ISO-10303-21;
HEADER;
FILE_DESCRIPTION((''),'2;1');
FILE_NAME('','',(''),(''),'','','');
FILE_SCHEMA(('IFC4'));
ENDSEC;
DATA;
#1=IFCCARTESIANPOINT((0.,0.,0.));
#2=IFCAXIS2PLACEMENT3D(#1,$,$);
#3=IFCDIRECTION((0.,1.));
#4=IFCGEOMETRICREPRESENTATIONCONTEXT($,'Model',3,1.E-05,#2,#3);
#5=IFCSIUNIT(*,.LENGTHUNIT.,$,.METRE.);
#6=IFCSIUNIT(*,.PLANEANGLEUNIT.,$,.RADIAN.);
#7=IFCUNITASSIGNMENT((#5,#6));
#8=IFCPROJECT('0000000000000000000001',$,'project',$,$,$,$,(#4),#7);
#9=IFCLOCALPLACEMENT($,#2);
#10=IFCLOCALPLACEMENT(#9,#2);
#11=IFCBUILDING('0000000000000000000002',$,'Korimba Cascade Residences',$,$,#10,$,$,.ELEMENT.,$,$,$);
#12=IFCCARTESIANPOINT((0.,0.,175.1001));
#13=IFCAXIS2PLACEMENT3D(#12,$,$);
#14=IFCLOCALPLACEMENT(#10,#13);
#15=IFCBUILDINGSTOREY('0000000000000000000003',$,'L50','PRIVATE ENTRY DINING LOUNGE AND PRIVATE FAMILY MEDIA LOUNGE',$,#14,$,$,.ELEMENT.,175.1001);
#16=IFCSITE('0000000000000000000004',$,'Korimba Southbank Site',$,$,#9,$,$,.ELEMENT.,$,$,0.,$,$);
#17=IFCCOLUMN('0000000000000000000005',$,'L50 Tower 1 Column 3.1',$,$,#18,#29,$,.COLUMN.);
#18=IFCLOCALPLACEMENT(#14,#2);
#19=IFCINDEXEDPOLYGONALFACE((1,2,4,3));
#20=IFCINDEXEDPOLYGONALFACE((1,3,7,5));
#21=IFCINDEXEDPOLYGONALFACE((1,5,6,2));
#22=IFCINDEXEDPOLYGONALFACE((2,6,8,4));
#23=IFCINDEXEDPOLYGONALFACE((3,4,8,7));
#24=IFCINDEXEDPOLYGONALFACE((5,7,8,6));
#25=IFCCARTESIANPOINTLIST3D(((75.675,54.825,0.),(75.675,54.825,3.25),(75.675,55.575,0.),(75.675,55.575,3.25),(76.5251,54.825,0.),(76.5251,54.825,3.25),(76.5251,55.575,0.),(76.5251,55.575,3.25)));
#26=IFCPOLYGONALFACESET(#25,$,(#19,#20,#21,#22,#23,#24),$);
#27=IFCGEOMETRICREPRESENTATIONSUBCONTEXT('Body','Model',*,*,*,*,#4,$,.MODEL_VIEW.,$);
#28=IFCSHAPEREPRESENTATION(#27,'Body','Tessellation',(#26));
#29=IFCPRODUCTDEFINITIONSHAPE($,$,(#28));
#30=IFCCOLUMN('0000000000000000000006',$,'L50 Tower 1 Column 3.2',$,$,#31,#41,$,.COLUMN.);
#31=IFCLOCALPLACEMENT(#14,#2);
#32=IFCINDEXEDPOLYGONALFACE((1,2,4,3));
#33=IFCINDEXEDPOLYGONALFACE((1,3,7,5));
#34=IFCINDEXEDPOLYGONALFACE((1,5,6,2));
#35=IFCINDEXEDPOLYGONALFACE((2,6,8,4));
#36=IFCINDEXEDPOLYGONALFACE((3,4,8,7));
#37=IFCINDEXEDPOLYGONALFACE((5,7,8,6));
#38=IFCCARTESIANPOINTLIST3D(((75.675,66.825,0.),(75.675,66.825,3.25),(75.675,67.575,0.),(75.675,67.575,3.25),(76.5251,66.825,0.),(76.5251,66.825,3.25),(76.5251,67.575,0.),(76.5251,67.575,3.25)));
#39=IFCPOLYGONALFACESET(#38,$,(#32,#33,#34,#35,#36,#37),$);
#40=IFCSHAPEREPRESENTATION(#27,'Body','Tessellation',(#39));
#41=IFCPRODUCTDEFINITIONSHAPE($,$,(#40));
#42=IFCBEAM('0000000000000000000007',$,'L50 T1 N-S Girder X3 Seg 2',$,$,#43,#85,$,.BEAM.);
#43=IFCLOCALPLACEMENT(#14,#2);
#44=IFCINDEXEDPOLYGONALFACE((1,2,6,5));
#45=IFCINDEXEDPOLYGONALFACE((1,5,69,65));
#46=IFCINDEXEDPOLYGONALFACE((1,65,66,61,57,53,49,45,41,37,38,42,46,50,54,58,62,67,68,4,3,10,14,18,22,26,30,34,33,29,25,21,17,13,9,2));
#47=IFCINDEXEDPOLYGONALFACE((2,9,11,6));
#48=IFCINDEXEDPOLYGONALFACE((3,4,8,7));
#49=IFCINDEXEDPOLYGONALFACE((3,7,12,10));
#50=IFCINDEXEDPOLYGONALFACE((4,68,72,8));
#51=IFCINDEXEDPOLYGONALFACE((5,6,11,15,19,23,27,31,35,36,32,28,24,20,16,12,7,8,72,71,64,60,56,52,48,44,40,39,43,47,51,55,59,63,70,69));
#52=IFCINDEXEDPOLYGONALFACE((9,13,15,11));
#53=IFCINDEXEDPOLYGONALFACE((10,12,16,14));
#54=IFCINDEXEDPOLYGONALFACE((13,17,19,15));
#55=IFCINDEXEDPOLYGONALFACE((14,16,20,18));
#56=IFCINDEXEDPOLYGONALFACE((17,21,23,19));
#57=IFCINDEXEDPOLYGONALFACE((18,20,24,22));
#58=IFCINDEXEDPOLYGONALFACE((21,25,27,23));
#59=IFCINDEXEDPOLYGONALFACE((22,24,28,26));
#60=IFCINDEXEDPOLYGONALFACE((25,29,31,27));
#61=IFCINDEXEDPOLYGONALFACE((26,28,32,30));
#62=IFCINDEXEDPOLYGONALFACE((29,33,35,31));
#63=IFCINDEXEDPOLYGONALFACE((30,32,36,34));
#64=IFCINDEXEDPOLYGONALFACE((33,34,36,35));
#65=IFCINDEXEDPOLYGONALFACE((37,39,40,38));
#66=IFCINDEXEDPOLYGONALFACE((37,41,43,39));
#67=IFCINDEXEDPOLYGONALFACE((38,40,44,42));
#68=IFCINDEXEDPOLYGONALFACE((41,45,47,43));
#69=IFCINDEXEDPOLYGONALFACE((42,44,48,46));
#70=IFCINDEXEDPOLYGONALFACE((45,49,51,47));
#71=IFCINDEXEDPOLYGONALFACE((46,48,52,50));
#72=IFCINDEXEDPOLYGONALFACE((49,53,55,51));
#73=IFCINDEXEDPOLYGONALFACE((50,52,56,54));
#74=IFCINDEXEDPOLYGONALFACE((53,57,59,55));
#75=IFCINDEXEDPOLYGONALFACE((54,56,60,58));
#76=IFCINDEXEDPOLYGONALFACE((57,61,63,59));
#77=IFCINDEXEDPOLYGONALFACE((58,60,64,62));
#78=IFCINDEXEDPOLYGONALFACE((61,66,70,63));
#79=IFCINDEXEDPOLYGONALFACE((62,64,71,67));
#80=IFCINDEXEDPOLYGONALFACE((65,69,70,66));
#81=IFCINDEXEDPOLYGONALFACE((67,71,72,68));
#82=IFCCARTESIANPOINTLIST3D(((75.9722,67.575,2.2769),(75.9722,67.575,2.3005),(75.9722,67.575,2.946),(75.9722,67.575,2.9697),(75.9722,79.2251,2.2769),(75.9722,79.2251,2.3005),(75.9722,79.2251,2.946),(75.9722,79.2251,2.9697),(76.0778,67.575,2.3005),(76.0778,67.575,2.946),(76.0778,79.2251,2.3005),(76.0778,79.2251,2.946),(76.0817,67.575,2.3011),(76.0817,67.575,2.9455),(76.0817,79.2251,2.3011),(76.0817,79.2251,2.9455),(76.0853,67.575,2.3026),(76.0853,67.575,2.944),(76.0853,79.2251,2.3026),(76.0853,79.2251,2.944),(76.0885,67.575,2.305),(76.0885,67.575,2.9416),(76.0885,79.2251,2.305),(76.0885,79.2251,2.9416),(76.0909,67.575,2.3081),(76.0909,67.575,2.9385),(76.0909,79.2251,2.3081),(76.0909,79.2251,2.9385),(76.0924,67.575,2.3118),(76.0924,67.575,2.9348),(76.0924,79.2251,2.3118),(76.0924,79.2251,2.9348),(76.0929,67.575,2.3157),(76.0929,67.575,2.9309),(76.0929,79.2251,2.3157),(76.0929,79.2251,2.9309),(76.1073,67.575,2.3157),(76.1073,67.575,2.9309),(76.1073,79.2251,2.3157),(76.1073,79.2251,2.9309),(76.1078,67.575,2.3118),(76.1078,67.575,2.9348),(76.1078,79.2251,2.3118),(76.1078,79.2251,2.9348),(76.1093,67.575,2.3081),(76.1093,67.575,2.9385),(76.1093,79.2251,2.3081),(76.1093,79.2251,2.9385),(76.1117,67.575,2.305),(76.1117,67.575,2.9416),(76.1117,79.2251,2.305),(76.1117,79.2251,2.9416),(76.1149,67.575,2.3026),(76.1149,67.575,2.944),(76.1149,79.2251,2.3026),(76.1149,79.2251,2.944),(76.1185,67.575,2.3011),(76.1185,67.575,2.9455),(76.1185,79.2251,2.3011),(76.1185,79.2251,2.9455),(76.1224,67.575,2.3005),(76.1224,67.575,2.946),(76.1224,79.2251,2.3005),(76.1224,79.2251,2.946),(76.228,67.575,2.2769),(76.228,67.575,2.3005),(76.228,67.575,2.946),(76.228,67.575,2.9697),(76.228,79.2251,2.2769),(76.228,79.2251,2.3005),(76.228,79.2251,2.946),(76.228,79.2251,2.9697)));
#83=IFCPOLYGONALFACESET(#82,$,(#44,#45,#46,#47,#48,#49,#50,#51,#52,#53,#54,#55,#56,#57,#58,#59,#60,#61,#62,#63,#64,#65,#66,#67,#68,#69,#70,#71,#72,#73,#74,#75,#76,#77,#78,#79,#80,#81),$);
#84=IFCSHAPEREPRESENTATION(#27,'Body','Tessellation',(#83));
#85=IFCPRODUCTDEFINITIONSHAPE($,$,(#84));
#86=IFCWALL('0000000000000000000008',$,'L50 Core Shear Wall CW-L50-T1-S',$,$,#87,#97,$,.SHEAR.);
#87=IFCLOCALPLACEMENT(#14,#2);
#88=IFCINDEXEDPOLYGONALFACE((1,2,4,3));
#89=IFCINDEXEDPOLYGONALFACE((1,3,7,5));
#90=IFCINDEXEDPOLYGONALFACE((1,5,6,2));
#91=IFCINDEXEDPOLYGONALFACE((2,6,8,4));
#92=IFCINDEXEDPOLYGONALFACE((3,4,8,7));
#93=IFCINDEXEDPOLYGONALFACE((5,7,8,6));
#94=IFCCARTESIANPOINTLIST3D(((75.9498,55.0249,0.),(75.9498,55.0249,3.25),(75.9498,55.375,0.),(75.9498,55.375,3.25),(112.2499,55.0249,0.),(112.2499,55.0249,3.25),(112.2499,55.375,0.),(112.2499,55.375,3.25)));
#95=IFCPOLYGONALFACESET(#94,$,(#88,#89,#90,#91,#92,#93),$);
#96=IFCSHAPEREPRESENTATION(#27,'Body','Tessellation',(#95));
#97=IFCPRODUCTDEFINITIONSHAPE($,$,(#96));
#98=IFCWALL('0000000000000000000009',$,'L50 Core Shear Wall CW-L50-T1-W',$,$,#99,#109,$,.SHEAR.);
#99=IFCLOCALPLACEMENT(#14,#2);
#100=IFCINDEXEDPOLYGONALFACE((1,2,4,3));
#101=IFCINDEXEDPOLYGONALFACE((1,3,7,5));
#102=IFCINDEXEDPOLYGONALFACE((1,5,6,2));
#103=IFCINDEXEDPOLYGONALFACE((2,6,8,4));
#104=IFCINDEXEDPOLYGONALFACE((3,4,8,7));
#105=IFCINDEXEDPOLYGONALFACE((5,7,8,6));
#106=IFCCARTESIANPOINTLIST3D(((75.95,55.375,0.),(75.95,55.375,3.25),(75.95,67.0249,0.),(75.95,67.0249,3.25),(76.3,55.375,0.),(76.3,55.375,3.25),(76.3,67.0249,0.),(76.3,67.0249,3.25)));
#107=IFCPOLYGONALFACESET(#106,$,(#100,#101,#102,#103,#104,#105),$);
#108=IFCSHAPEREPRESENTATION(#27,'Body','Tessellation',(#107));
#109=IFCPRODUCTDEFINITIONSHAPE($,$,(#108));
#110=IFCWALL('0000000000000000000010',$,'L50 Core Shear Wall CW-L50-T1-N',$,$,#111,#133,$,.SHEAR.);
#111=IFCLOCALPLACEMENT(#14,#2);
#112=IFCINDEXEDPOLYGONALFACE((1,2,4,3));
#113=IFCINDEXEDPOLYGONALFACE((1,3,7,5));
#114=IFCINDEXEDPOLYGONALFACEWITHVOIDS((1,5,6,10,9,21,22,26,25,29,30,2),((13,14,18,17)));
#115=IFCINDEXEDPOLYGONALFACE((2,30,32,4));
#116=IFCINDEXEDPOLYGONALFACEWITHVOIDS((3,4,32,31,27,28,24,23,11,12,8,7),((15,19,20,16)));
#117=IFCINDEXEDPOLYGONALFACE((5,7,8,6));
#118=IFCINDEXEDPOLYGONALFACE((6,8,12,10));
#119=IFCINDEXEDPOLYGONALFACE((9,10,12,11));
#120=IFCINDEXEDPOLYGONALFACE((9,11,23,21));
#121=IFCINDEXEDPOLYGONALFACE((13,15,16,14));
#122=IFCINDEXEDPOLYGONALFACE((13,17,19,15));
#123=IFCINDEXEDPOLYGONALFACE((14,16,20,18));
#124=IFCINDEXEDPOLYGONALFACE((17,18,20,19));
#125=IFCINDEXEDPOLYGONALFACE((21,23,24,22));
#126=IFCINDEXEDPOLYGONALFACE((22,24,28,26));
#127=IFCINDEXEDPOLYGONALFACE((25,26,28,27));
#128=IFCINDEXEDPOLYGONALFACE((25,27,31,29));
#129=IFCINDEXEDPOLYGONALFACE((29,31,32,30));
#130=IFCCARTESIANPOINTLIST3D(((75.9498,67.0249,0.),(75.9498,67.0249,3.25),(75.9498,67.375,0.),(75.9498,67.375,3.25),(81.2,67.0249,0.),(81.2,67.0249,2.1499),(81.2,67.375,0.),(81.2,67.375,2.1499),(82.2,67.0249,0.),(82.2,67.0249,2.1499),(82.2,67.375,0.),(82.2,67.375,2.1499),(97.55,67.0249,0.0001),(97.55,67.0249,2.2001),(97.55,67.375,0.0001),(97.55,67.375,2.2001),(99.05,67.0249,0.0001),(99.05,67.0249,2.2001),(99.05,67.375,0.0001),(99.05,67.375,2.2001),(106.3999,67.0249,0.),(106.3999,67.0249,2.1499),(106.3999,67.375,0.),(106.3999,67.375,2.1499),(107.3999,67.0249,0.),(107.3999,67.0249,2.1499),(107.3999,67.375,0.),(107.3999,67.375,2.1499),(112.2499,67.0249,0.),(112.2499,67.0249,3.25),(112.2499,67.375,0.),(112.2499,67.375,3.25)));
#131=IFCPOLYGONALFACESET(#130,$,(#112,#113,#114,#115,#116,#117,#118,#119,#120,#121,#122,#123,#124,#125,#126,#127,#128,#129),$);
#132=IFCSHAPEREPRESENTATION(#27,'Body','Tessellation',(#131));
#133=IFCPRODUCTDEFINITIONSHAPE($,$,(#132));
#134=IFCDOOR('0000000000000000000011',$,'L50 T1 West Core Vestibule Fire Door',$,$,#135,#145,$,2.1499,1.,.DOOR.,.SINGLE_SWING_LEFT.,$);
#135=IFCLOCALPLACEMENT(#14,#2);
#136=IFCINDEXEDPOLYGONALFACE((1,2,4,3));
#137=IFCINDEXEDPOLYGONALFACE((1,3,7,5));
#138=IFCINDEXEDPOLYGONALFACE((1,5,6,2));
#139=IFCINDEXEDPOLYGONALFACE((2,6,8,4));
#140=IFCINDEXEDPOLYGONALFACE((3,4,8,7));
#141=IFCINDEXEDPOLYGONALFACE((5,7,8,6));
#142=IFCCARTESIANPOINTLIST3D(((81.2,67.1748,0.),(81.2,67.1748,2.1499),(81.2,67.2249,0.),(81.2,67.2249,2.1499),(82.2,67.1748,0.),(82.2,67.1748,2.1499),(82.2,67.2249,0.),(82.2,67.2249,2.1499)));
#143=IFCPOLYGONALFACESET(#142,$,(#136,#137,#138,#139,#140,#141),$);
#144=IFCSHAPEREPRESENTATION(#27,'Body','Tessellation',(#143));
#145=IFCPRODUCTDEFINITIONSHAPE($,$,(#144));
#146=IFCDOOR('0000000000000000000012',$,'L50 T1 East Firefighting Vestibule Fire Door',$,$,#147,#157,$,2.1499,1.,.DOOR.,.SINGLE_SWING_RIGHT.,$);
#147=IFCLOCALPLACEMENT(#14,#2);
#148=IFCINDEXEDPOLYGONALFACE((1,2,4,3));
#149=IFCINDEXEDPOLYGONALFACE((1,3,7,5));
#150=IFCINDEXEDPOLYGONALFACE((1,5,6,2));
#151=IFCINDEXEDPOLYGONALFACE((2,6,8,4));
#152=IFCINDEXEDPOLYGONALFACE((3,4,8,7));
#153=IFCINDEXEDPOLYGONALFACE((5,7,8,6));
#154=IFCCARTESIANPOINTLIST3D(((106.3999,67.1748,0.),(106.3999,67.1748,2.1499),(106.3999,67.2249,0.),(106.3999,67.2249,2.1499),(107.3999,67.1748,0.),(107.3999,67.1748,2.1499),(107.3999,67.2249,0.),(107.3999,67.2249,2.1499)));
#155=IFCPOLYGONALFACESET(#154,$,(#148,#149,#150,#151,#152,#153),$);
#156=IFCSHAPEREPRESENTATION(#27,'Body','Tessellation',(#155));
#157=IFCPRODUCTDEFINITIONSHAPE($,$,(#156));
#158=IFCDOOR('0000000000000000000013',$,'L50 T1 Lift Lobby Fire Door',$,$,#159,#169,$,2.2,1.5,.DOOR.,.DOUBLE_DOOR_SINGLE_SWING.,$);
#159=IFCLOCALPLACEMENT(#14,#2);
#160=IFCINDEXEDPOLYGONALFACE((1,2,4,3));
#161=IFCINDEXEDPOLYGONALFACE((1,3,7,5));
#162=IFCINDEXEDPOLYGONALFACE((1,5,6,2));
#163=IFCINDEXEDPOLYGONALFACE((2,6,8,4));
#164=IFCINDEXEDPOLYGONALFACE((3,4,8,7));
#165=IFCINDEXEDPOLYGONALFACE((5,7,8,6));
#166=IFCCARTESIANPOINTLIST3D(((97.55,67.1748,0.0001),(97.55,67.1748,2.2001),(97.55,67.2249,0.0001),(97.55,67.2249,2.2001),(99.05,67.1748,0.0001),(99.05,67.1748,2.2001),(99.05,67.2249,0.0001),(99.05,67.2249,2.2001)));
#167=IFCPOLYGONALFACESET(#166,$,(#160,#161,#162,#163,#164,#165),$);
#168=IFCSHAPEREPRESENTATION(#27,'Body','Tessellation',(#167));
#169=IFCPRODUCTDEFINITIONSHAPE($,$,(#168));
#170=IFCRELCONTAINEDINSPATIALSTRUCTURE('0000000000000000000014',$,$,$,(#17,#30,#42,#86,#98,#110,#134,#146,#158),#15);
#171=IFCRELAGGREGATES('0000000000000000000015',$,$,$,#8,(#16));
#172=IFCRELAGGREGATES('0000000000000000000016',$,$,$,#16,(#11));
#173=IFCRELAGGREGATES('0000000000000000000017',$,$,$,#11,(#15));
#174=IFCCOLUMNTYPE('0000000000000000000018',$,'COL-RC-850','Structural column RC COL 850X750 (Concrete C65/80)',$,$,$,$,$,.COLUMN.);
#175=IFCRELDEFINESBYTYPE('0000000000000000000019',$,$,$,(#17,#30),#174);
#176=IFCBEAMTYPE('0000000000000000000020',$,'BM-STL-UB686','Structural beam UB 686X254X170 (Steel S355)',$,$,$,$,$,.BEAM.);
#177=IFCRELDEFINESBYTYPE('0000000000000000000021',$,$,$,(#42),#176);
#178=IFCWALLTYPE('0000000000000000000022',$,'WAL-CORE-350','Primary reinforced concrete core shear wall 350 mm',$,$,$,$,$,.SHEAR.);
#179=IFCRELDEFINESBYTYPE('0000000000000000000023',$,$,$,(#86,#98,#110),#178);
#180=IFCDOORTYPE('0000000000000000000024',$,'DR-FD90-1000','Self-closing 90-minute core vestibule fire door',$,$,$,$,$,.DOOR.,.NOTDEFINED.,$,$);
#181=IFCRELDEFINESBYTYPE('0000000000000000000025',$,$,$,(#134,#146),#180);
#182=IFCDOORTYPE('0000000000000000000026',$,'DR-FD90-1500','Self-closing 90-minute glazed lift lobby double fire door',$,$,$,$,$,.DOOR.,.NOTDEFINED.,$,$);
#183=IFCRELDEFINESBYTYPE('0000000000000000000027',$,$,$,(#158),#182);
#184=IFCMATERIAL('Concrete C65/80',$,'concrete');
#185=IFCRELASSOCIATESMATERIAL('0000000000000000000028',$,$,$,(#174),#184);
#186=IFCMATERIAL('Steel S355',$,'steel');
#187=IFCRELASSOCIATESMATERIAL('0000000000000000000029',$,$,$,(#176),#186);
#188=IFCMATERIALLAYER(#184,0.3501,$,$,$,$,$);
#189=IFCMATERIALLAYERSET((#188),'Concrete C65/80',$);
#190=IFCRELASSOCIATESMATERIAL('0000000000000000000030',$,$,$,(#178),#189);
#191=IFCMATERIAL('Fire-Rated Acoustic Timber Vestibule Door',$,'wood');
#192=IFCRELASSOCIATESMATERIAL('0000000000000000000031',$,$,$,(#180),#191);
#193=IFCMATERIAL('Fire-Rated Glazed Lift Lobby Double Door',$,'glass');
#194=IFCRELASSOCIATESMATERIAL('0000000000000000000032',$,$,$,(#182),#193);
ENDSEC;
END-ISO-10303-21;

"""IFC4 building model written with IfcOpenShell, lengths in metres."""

from ifc_helpers import new_model, si_unit, direction, frame, frame_2d, origin, origin_2d, place, context, subcontext, project, spatial, rectangle, i_section, extrude, material, layer, layer_set, material_profile, profile_set, type_object, element, fill, save


model = new_model("IFC4")

# Units and contexts
model_context = context("Model", 3, precision=1e-05, world=origin(), true_north=direction((0.0, 1.0)))
body_context = subcontext(model_context, "Body", "Model", "MODEL_VIEW")
ifc_project = project(units=[si_unit("LENGTHUNIT", "METRE"), si_unit("PLANEANGLEUNIT", "RADIAN")], contexts=[model_context])

# Site, building, storey
site_placement = place(None, origin())
site = spatial("IfcSite", under=ifc_project, at=site_placement, Name="Korimba Southbank Site", CompositionType="ELEMENT", RefElevation=0.0)
building_placement = place(site_placement, origin())
building = spatial("IfcBuilding", under=site, at=building_placement, Name="Korimba Cascade Residences", CompositionType="ELEMENT")
storey_placement = place(building_placement, frame((0.0, 0.0, 175.1001)))
storey = spatial("IfcBuildingStorey", under=building, at=storey_placement, Name="L50", Description="PRIVATE ENTRY DINING LOUNGE AND PRIVATE FAMILY MEDIA LOUNGE", CompositionType="ELEMENT", Elevation=175.1001)

# Columns
ifc_material_1 = material(Name="Concrete C65/80", Category="concrete")
ifc_material_profile_1 = material_profile(ifc_material_1, rectangle(XDim=0.8501, YDim=0.75, at=origin_2d()), Name="Concrete C65/80")
ifc_profile_set_1 = profile_set([ifc_material_profile_1], Name="Concrete C65/80")
column_type = type_object("IfcColumnType", Name="COL-RC-850", Description="Structural column RC COL 850X750 (Concrete C65/80)", PredefinedType="COLUMN", material=ifc_profile_set_1)
for number, where, z_axis, x_axis, name in (
    (1, (76.1001, 55.2, 0.0), (0.0, 0.0, 1.0), (1.0, 0.0, 0.0), "L50 Tower 1 Column 3.1"),
    (2, (76.1001, 67.2, 0.0), (0.0, 0.0, 1.0), (1.0, 0.0, 0.0), "L50 Tower 1 Column 3.2"),
):
    element("IfcColumn", number, at=place(storey_placement, frame(where, z_axis=z_axis, x_axis=x_axis)), inside=storey, type_object=column_type, Name=name, PredefinedType="COLUMN", context=body_context, shape_type="SweptSolid", body=[
        extrude(rectangle(XDim=0.8501, YDim=0.75, at=origin_2d()), origin(), (0.0, 0.0, 1.0), 3.25),
    ])

# Beam
ifc_material_2 = material(Name="Steel S355", Category="steel")
ifc_material_profile_2 = material_profile(ifc_material_2, i_section(OverallWidth=0.2559, OverallDepth=0.6929, WebThickness=0.0144, FlangeThickness=0.0237, FilletRadius=0.0151, at=origin_2d()), Name="Steel S355")
ifc_profile_set_2 = profile_set([ifc_material_profile_2], Name="Steel S355")
beam_type = type_object("IfcBeamType", Name="BM-STL-UB686", Description="Structural beam UB 686X254X170 (Steel S355)", PredefinedType="BEAM", material=ifc_profile_set_2)
beam_placement = place(storey_placement, frame((76.1001, 67.575, 2.6233), z_axis=(0.0, 1.0, 0.0), x_axis=(-1.0, 0.0, 0.0)))
element("IfcBeam", 3, at=beam_placement, inside=storey, type_object=beam_type, Name="L50 T1 N-S Girder X3 Seg 2", PredefinedType="BEAM", context=body_context, shape_type="SweptSolid", body=[
    extrude(i_section(OverallWidth=0.2559, OverallDepth=0.6929, WebThickness=0.0144, FlangeThickness=0.0237, FilletRadius=0.0151, at=origin_2d()), origin(), (0.0, 0.0, 1.0), 11.6501),
])

# Walls
ifc_layer_1 = layer(ifc_material_1, 0.3501)
ifc_layer_set_1 = layer_set([ifc_layer_1], Name="Concrete C65/80")
wall_type_1 = type_object("IfcWallType", Name="WAL-CORE-350", Description="Primary reinforced concrete core shear wall 350 mm", PredefinedType="SHEAR", material=ifc_layer_set_1)
wall_1_placement = place(storey_placement, frame((75.95, 55.2, 0.0), z_axis=(0.0, 0.0, 1.0), x_axis=(1.0, 0.0, 0.0)))
element("IfcWall", 4, at=wall_1_placement, inside=storey, type_object=wall_type_1, Name="L50 Core Shear Wall CW-L50-T1-S", PredefinedType="SHEAR", context=body_context, shape_type="SweptSolid", body=[
    extrude(rectangle(XDim=36.3, YDim=0.3501, at=frame_2d((18.1499, 0.0))), origin(), (0.0, 0.0, 1.0), 3.25),
])
wall_2_placement = place(storey_placement, frame((76.125, 55.375, 0.0), z_axis=(0.0, 0.0, 1.0), x_axis=(0.0, 1.0, 0.0)))
element("IfcWall", 5, at=wall_2_placement, inside=storey, type_object=wall_type_1, Name="L50 Core Shear Wall CW-L50-T1-W", PredefinedType="SHEAR", context=body_context, shape_type="SweptSolid", body=[
    extrude(rectangle(XDim=11.6499, YDim=0.3501, at=frame_2d((5.825, 0.0))), origin(), (0.0, 0.0, 1.0), 3.25),
])

# Wall, openings, doors
wall_3_placement = place(storey_placement, frame((75.95, 67.2, 0.0), z_axis=(0.0, 0.0, 1.0), x_axis=(1.0, 0.0, 0.0)))
wall_3 = element("IfcWall", 6, at=wall_3_placement, inside=storey, type_object=wall_type_1, Name="L50 Core Shear Wall CW-L50-T1-N", PredefinedType="SHEAR", context=body_context, shape_type="SweptSolid", body=[
    extrude(rectangle(XDim=36.3, YDim=0.3501, at=frame_2d((18.1499, 0.0))), origin(), (0.0, 0.0, 1.0), 3.25),
])
opening_1_placement = place(wall_3_placement, frame((5.25, 0.0, 0.0)))
opening_1 = element("IfcOpeningElement", 7, at=opening_1_placement, cuts=wall_3, PredefinedType="OPENING", context=body_context, shape_type="SweptSolid", body=[
    extrude(rectangle(XDim=1.0, YDim=2.1499, at=frame_2d((0.5, 1.075))), frame((0.0, 0.1851, 0.0), z_axis=(0.0, -1.0, 0.0), x_axis=(1.0, 0.0, 0.0)), (0.0, 0.0, 1.0), 0.3701),
])
opening_2_placement = place(wall_3_placement, frame((21.6001, 0.0, 0.0)))
opening_2 = element("IfcOpeningElement", 8, at=opening_2_placement, cuts=wall_3, PredefinedType="OPENING", context=body_context, shape_type="SweptSolid", body=[
    extrude(rectangle(XDim=1.5, YDim=2.2, at=frame_2d((0.75, 1.1001))), frame((0.0, 0.1851, 0.0), z_axis=(0.0, -1.0, 0.0), x_axis=(1.0, 0.0, 0.0)), (0.0, 0.0, 1.0), 0.3701),
])
opening_3_placement = place(wall_3_placement, frame((30.45, 0.0, 0.0)))
opening_3 = element("IfcOpeningElement", 9, at=opening_3_placement, cuts=wall_3, PredefinedType="OPENING", context=body_context, shape_type="SweptSolid", body=[
    extrude(rectangle(XDim=1.0, YDim=2.1499, at=frame_2d((0.5, 1.075))), frame((0.0, 0.1851, 0.0), z_axis=(0.0, -1.0, 0.0), x_axis=(1.0, 0.0, 0.0)), (0.0, 0.0, 1.0), 0.3701),
])
ifc_material_3 = material(Name="Fire-Rated Acoustic Timber Vestibule Door", Category="wood")
door_type_1 = type_object("IfcDoorType", Name="DR-FD90-1000", Description="Self-closing 90-minute core vestibule fire door", OperationType="NOTDEFINED", PredefinedType="DOOR", material=ifc_material_3)
door_1_placement = place(opening_1_placement, origin())
door_1 = element("IfcDoor", 10, at=door_1_placement, inside=storey, type_object=door_type_1, Name="L50 T1 West Core Vestibule Fire Door", OperationType="SINGLE_SWING_LEFT", OverallHeight=2.1499, OverallWidth=1.0, PredefinedType="DOOR", context=body_context, shape_type="SweptSolid", body=[
    extrude(rectangle(XDim=1.0, YDim=2.1499, at=frame_2d((0.5, 1.075))), frame((0.0, 0.0249, 0.0), z_axis=(0.0, -1.0, 0.0), x_axis=(1.0, 0.0, 0.0)), (0.0, 0.0, 1.0), 0.05),
])
fill(opening_1, door_1)
door_2_placement = place(opening_3_placement, origin())
door_2 = element("IfcDoor", 11, at=door_2_placement, inside=storey, type_object=door_type_1, Name="L50 T1 East Firefighting Vestibule Fire Door", OperationType="SINGLE_SWING_RIGHT", OverallHeight=2.1499, OverallWidth=1.0, PredefinedType="DOOR", context=body_context, shape_type="SweptSolid", body=[
    extrude(rectangle(XDim=1.0, YDim=2.1499, at=frame_2d((0.5, 1.075))), frame((0.0, 0.0249, 0.0), z_axis=(0.0, -1.0, 0.0), x_axis=(1.0, 0.0, 0.0)), (0.0, 0.0, 1.0), 0.05),
])
fill(opening_3, door_2)
ifc_material_4 = material(Name="Fire-Rated Glazed Lift Lobby Double Door", Category="glass")
door_type_2 = type_object("IfcDoorType", Name="DR-FD90-1500", Description="Self-closing 90-minute glazed lift lobby double fire door", OperationType="NOTDEFINED", PredefinedType="DOOR", material=ifc_material_4)
door_3_placement = place(opening_2_placement, origin())
door_3 = element("IfcDoor", 12, at=door_3_placement, inside=storey, type_object=door_type_2, Name="L50 T1 Lift Lobby Fire Door", OperationType="DOUBLE_DOOR_SINGLE_SWING", OverallHeight=2.2, OverallWidth=1.5, PredefinedType="DOOR", context=body_context, shape_type="SweptSolid", body=[
    extrude(rectangle(XDim=1.5, YDim=2.2, at=frame_2d((0.75, 1.1001))), frame((0.0, 0.0249, 0.0), z_axis=(0.0, -1.0, 0.0), x_axis=(1.0, 0.0, 0.0)), (0.0, 0.0, 1.0), 0.05),
])
fill(opening_2, door_3)

save(model, "model.ifc")
